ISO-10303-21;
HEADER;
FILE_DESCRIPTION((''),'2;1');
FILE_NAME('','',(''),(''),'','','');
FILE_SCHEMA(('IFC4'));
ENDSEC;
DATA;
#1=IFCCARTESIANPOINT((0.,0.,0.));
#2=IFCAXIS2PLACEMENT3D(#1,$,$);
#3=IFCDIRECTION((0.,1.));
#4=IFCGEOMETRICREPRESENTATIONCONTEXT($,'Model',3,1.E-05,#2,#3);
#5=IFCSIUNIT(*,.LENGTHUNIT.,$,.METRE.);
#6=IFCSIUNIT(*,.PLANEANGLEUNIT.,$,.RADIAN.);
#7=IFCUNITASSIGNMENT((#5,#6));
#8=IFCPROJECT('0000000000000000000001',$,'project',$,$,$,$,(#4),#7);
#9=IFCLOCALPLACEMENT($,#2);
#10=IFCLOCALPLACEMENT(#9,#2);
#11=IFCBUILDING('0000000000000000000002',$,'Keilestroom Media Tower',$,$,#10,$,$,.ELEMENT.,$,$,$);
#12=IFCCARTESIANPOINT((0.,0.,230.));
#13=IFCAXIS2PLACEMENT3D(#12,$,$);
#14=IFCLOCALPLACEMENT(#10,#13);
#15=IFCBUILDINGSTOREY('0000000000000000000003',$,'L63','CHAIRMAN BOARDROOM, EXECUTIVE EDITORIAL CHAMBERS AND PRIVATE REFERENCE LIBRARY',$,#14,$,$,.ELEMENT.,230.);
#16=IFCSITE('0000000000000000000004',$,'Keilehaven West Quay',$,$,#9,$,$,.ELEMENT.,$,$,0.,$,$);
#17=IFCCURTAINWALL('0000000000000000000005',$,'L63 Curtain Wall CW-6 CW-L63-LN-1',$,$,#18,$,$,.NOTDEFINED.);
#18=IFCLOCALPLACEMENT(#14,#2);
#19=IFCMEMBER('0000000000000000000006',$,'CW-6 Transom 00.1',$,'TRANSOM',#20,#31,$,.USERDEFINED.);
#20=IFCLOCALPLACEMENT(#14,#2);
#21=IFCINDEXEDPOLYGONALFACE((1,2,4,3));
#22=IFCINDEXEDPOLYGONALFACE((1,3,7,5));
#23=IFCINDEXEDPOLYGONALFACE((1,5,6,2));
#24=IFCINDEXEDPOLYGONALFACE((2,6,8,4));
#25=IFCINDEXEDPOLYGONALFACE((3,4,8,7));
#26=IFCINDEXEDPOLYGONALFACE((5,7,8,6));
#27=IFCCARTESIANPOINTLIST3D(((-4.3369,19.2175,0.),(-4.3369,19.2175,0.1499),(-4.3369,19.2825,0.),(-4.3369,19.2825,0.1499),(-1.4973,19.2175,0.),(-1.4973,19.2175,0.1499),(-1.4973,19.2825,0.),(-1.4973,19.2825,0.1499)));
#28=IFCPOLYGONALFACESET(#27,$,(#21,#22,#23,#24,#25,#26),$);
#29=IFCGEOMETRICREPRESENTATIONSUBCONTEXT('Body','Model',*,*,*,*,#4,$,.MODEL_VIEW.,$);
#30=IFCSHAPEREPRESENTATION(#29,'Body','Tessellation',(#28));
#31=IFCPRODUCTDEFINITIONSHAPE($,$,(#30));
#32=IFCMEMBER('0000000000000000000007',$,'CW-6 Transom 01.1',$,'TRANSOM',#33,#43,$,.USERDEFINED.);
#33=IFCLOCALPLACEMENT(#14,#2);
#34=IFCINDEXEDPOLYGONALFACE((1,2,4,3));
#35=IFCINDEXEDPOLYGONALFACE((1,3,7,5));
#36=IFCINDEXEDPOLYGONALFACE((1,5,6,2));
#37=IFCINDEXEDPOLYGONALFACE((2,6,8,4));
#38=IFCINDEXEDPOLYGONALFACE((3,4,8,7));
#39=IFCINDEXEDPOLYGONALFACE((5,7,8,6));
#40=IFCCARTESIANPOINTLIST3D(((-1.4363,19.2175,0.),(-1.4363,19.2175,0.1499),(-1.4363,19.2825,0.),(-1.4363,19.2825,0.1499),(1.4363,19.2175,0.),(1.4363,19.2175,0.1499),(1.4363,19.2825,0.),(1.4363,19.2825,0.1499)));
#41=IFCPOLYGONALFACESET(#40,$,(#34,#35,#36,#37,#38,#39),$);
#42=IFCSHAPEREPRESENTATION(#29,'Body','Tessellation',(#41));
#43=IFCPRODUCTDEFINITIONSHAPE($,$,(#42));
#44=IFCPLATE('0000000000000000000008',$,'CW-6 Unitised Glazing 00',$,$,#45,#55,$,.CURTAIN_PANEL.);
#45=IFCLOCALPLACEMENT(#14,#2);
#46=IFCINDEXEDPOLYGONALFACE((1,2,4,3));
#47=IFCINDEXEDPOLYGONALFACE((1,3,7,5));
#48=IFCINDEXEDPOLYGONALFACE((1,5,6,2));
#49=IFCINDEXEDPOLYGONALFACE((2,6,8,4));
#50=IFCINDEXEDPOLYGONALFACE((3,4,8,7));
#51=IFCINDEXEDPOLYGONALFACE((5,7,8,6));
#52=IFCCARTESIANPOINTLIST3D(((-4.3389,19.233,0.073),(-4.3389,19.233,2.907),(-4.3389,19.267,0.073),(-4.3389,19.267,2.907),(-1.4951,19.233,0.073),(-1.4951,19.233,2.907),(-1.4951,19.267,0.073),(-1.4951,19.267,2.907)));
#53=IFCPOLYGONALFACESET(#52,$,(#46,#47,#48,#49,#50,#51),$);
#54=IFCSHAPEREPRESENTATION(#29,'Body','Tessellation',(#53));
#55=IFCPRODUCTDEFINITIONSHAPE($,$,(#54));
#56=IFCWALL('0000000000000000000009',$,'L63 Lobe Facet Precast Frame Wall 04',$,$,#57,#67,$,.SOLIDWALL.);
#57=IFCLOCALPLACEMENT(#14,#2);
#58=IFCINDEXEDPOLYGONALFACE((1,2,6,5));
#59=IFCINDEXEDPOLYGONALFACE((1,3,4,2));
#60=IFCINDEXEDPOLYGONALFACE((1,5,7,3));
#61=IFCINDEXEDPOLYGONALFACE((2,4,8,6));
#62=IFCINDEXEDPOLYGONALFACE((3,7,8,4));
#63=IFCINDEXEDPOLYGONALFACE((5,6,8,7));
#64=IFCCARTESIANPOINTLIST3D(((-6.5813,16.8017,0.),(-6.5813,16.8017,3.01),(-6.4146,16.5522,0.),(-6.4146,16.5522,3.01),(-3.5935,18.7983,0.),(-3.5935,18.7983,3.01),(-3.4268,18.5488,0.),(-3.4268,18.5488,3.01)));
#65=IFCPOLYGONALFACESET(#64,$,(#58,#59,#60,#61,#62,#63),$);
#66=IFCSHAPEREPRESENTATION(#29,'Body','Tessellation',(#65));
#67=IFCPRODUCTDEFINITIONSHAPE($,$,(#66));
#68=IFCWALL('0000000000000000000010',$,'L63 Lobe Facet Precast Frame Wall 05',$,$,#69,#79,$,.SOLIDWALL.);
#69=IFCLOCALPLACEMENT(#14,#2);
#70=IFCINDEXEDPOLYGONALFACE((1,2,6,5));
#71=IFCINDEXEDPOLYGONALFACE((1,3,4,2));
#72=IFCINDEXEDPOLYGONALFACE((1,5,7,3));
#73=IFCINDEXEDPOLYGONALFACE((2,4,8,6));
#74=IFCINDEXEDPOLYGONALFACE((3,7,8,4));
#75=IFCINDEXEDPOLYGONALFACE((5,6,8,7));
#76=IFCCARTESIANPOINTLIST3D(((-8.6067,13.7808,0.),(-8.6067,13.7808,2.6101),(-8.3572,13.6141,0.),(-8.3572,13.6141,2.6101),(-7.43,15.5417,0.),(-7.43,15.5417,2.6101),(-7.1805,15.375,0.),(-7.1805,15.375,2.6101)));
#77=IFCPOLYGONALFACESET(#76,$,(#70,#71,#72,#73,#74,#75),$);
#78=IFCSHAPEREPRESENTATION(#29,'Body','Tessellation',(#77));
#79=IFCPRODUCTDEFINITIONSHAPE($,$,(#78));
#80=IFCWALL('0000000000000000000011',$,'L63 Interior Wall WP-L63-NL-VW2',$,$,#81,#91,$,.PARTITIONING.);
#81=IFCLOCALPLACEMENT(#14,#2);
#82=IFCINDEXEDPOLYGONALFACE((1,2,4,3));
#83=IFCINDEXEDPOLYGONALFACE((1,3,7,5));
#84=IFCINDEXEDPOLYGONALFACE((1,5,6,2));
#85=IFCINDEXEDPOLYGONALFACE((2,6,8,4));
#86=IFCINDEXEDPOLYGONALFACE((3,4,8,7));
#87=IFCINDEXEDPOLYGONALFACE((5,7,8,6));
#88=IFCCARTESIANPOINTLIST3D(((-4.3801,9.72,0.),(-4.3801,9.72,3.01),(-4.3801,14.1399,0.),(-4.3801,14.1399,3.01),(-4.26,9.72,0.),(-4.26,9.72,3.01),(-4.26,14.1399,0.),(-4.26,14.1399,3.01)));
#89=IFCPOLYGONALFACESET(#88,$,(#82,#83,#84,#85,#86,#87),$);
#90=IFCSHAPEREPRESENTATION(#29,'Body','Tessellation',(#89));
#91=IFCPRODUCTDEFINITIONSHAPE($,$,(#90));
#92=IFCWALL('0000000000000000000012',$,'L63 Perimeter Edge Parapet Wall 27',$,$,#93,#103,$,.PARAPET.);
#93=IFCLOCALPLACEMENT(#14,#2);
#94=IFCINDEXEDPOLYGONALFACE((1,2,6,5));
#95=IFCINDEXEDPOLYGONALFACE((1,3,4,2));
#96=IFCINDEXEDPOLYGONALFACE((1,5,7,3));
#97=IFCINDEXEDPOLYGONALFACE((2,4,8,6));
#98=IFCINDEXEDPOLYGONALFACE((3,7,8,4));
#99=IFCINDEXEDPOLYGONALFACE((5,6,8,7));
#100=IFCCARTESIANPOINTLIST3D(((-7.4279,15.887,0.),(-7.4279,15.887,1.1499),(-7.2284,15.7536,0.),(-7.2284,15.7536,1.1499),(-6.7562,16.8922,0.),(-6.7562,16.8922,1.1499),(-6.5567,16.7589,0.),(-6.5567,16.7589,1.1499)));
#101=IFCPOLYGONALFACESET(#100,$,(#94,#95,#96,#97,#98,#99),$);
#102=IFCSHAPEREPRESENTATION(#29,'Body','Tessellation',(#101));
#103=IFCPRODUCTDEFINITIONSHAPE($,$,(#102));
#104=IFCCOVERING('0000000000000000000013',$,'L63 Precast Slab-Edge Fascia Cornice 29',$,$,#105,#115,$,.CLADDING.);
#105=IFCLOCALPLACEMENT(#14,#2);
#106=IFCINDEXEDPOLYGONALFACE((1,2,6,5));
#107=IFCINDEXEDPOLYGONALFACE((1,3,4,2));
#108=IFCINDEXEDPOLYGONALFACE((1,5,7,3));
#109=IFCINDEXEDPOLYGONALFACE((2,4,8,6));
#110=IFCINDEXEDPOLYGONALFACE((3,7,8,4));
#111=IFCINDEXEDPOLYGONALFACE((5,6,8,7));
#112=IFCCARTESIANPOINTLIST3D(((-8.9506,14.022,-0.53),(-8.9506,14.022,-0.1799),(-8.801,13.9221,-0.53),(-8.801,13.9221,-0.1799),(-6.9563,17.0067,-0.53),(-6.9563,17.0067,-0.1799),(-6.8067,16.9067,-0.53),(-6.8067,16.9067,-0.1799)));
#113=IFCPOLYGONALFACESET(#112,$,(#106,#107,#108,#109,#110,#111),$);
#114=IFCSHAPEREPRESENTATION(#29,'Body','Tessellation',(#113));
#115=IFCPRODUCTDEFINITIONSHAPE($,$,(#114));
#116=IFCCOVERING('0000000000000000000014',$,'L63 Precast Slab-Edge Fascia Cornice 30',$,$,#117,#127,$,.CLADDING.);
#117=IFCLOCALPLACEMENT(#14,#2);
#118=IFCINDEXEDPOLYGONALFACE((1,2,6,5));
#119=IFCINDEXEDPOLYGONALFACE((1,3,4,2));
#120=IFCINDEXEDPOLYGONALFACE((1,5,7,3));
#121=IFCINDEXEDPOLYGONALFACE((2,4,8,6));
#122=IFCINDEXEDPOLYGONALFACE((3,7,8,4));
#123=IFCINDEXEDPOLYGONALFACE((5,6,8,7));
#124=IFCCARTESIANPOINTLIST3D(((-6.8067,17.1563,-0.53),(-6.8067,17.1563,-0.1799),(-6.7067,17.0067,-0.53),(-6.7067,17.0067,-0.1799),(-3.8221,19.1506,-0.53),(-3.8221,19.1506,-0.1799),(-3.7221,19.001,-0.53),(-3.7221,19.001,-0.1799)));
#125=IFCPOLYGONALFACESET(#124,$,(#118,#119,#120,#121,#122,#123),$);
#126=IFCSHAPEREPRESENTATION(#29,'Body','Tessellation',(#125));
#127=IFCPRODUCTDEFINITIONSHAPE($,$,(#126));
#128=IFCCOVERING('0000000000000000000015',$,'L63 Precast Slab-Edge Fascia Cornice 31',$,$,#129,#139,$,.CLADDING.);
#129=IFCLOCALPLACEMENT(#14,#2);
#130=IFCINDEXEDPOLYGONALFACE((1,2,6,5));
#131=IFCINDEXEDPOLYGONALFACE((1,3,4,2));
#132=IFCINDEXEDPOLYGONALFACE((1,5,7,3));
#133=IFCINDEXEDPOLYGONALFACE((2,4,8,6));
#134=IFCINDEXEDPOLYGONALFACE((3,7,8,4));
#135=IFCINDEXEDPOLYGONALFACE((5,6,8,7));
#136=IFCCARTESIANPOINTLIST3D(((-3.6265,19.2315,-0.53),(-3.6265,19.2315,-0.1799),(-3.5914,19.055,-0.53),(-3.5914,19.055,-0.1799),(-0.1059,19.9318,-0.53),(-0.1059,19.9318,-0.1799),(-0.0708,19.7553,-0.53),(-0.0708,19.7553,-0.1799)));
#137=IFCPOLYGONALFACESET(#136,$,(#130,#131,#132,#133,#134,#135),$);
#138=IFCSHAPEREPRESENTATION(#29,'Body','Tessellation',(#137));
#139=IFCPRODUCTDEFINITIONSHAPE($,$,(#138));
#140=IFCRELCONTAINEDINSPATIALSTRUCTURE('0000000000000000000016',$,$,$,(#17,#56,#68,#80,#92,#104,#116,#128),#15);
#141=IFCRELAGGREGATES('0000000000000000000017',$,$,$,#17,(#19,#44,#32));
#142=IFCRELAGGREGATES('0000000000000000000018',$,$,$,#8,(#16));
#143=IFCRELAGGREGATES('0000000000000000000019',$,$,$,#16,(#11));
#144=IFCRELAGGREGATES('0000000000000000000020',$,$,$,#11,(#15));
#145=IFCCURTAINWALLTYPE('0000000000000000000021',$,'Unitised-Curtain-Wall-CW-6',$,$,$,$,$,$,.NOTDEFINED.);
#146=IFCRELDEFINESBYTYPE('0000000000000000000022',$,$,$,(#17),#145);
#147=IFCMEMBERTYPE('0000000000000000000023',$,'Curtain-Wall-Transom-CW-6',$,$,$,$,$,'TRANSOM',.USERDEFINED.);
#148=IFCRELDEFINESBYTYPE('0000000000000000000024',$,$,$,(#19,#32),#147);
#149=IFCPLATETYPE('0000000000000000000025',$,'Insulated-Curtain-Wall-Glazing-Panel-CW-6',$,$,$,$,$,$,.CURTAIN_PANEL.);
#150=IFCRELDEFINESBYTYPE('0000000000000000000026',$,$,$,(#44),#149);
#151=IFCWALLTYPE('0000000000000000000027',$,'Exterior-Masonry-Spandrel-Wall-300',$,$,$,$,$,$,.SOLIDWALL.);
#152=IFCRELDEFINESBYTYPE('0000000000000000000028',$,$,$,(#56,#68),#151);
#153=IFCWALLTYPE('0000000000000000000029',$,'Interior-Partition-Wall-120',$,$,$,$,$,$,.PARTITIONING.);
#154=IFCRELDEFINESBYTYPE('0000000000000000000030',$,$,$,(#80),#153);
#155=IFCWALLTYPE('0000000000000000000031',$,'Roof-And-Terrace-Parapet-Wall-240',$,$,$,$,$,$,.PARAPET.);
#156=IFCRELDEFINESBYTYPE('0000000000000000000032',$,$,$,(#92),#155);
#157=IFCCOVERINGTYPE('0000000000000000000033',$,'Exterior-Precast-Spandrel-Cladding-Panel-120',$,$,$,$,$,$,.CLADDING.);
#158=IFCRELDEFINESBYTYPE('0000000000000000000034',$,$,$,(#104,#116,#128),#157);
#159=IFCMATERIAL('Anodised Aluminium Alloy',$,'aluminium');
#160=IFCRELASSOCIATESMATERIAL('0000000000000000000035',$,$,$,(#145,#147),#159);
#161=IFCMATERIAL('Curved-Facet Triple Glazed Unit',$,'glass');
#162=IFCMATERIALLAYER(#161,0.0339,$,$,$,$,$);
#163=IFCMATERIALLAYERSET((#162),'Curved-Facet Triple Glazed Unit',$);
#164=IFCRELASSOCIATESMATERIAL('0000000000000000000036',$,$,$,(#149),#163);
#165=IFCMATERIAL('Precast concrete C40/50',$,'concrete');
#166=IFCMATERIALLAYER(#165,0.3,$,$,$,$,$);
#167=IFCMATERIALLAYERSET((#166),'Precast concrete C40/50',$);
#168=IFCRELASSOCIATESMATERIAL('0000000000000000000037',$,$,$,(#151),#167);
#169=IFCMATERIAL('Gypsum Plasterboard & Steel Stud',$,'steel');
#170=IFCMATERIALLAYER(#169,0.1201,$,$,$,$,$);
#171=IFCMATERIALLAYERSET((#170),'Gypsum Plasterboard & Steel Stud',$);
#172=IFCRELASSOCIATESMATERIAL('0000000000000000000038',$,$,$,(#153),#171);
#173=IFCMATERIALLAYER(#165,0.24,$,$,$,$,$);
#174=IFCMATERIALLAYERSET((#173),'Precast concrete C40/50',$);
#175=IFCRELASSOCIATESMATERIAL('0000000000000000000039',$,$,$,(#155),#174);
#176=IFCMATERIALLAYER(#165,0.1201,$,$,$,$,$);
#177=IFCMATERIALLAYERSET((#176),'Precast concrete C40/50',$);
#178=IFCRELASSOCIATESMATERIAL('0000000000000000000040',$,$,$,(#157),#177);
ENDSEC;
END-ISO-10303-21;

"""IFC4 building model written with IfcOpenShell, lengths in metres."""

from ifc_helpers import new_model, si_unit, direction, frame, frame_2d, origin, origin_2d, place, context, subcontext, project, spatial, rectangle, extrude, source, transform, mapped, material, layer, layer_set, material_profile, profile_set, type_object, element, aggregate, save


model = new_model("IFC4")

# Units and contexts
model_context = context("Model", 3, precision=1e-05, world=origin(), true_north=direction((0.0, 1.0)))
body_context = subcontext(model_context, "Body", "Model", "MODEL_VIEW")
ifc_project = project(units=[si_unit("LENGTHUNIT", "METRE"), si_unit("PLANEANGLEUNIT", "RADIAN")], contexts=[model_context])

# Site, building, storey
site_placement = place(None, origin())
site = spatial("IfcSite", under=ifc_project, at=site_placement, Name="Keilehaven West Quay", CompositionType="ELEMENT", RefElevation=0.0)
building_placement = place(site_placement, origin())
building = spatial("IfcBuilding", under=site, at=building_placement, Name="Keilestroom Media Tower", CompositionType="ELEMENT")
storey_placement = place(building_placement, frame((0.0, 0.0, 230.0)))
storey = spatial("IfcBuildingStorey", under=building, at=storey_placement, Name="L63", Description="CHAIRMAN BOARDROOM, EXECUTIVE EDITORIAL CHAMBERS AND PRIVATE REFERENCE LIBRARY", CompositionType="ELEMENT", Elevation=230.0)

# Curtain wall, members, plate
ifc_material_1 = material(Name="Anodised Aluminium Alloy", Category="aluminium")
curtain_wall_type = type_object("IfcCurtainWallType", Name="Unitised-Curtain-Wall-CW-6", PredefinedType="NOTDEFINED", material=ifc_material_1)
curtain_wall_placement = place(storey_placement, origin())
curtain_wall = element("IfcCurtainWall", 1, at=curtain_wall_placement, inside=storey, type_object=curtain_wall_type, Name="L63 Curtain Wall CW-6 CW-L63-LN-1", PredefinedType="NOTDEFINED")
ifc_material_profile_1 = material_profile(ifc_material_1, rectangle(XDim=0.0649, YDim=0.1499, at=origin_2d()), Name="ALU TRANSOM 65x150")
ifc_profile_set_1 = profile_set([ifc_material_profile_1], Name="Anodised Aluminium Alloy")
member_type_1 = type_object("IfcMemberType", Name="Curtain-Wall-Transom-CW-6", ElementType="TRANSOM", PredefinedType="USERDEFINED", material=ifc_profile_set_1)
shared_shape_1 = source(origin(), body_context, "Body", "SweptSolid", [
    extrude(rectangle(XDim=0.0649, YDim=0.1499, at=origin_2d()), origin(), (0.0, 0.0, 1.0), 2.8396),
])
member_1_placement = place(storey_placement, frame((-4.3369, 19.25, 0.075), z_axis=(1.0, 0.0, 0.0), x_axis=(0.0, 1.0, 0.0)))
member_1 = element("IfcMember", 2, at=member_1_placement, type_object=member_type_1, Name="CW-6 Transom 00.1", ObjectType="TRANSOM", PredefinedType="USERDEFINED", context=body_context, shape_type="MappedRepresentation", body=[
    mapped(shared_shape_1, transform((0.0, 0.0, 0.0), x_axis=(1.0, 0.0, 0.0), y_axis=(0.0, 1.0, 0.0), z_axis=(0.0, 0.0, 1.0), scale=1.0)),
])
shared_shape_2 = source(origin(), body_context, "Body", "SweptSolid", [
    extrude(rectangle(XDim=0.0649, YDim=0.1499, at=origin_2d()), origin(), (0.0, 0.0, 1.0), 2.8726),
])
member_2_placement = place(storey_placement, frame((-1.4363, 19.25, 0.075), z_axis=(1.0, 0.0, 0.0), x_axis=(0.0, 1.0, 0.0)))
member_2 = element("IfcMember", 3, at=member_2_placement, type_object=member_type_1, Name="CW-6 Transom 01.1", ObjectType="TRANSOM", PredefinedType="USERDEFINED", context=body_context, shape_type="MappedRepresentation", body=[
    mapped(shared_shape_2, transform((0.0, 0.0, 0.0), x_axis=(1.0, 0.0, 0.0), y_axis=(0.0, 1.0, 0.0), z_axis=(0.0, 0.0, 1.0), scale=1.0)),
])
ifc_material_2 = material(Name="Curved-Facet Triple Glazed Unit", Category="glass")
ifc_layer_1 = layer(ifc_material_2, 0.0339)
ifc_layer_set_1 = layer_set([ifc_layer_1], Name="Curved-Facet Triple Glazed Unit")
plate_type = type_object("IfcPlateType", Name="Insulated-Curtain-Wall-Glazing-Panel-CW-6", PredefinedType="CURTAIN_PANEL", material=ifc_layer_set_1)
shared_shape_3 = source(origin(), body_context, "Body", "SweptSolid", [
    extrude(rectangle(XDim=2.8438, YDim=0.0339, at=origin_2d()), origin(), (0.0, 0.0, 1.0), 2.834),
])
plate_placement = place(storey_placement, frame((-2.917, 19.25, 0.073), z_axis=(0.0, 0.0, 1.0), x_axis=(1.0, 0.0, 0.0)))
plate = element("IfcPlate", 4, at=plate_placement, type_object=plate_type, Name="CW-6 Unitised Glazing 00", PredefinedType="CURTAIN_PANEL", context=body_context, shape_type="MappedRepresentation", body=[
    mapped(shared_shape_3, transform((0.0, 0.0, 0.0), x_axis=(1.0, 0.0, 0.0), y_axis=(0.0, 1.0, 0.0), z_axis=(0.0, 0.0, 1.0), scale=1.0)),
])
aggregate(curtain_wall, [member_1, plate, member_2])

# Walls
ifc_material_3 = material(Name="Precast concrete C40/50", Category="concrete")
ifc_layer_2 = layer(ifc_material_3, 0.3)
ifc_layer_set_2 = layer_set([ifc_layer_2], Name="Precast concrete C40/50")
wall_type_1 = type_object("IfcWallType", Name="Exterior-Masonry-Spandrel-Wall-300", PredefinedType="SOLIDWALL", material=ifc_layer_set_2)
wall_1_placement = place(storey_placement, frame((-3.51, 18.6736, 0.0), z_axis=(0.0, 0.0, 1.0), x_axis=(-0.831444, -0.555609, 0.0)))
element("IfcWall", 5, at=wall_1_placement, inside=storey, type_object=wall_type_1, Name="L63 Lobe Facet Precast Frame Wall 04", PredefinedType="SOLIDWALL", context=body_context, shape_type="SweptSolid", body=[
    extrude(rectangle(XDim=3.5935, YDim=0.3, at=frame_2d((1.7969, 0.0))), origin(), (0.0, 0.0, 1.0), 3.01),
])
wall_2_placement = place(storey_placement, frame((-7.3052, 15.4585, 0.0), z_axis=(0.0, 0.0, 1.0), x_axis=(-0.555604, -0.831447, 0.0)))
element("IfcWall", 6, at=wall_2_placement, inside=storey, type_object=wall_type_1, Name="L63 Lobe Facet Precast Frame Wall 05", PredefinedType="SOLIDWALL", context=body_context, shape_type="SweptSolid", body=[
    extrude(rectangle(XDim=2.1179, YDim=0.3, at=frame_2d((1.0591, 0.0))), origin(), (0.0, 0.0, 1.0), 2.6101),
])
ifc_material_4 = material(Name="Gypsum Plasterboard & Steel Stud", Category="steel")
ifc_layer_3 = layer(ifc_material_4, 0.1201)
ifc_layer_set_3 = layer_set([ifc_layer_3], Name="Gypsum Plasterboard & Steel Stud")
wall_type_2 = type_object("IfcWallType", Name="Interior-Partition-Wall-120", PredefinedType="PARTITIONING", material=ifc_layer_set_3)
wall_3_placement = place(storey_placement, frame((-4.3201, 9.72, 0.0), z_axis=(0.0, 0.0, 1.0), x_axis=(0.0, 1.0, 0.0)))
element("IfcWall", 7, at=wall_3_placement, inside=storey, type_object=wall_type_2, Name="L63 Interior Wall WP-L63-NL-VW2", PredefinedType="PARTITIONING", context=body_context, shape_type="SweptSolid", body=[
    extrude(rectangle(XDim=4.4199, YDim=0.1201, at=frame_2d((2.21, 0.0))), origin(), (0.0, 0.0, 1.0), 3.01),
])
ifc_layer_4 = layer(ifc_material_3, 0.24)
ifc_layer_set_4 = layer_set([ifc_layer_4], Name="Precast concrete C40/50")
wall_type_3 = type_object("IfcWallType", Name="Roof-And-Terrace-Parapet-Wall-240", PredefinedType="PARAPET", material=ifc_layer_set_4)
wall_4_placement = place(storey_placement, frame((-7.3281, 15.8203, 0.0), z_axis=(0.0, 0.0, 1.0), x_axis=(0.555585, 0.831459, 0.0)))
element("IfcWall", 8, at=wall_4_placement, inside=storey, type_object=wall_type_3, Name="L63 Perimeter Edge Parapet Wall 27", PredefinedType="PARAPET", context=body_context, shape_type="SweptSolid", body=[
    extrude(rectangle(XDim=1.209, YDim=0.24, at=frame_2d((0.6045, 0.0))), origin(), (0.0, 0.0, 1.0), 1.1499),
])

# Coverings
ifc_layer_5 = layer(ifc_material_3, 0.1201)
ifc_layer_set_5 = layer_set([ifc_layer_5], Name="Precast concrete C40/50")
covering_type = type_object("IfcCoveringType", Name="Exterior-Precast-Spandrel-Cladding-Panel-120", PredefinedType="CLADDING", material=ifc_layer_set_5)
shared_shape_4 = source(origin(), body_context, "Body", "SweptSolid", [
    extrude(rectangle(XDim=3.5896, YDim=0.1799, at=origin_2d()), origin(), (0.0, 0.0, 1.0), 0.3501),
])
for number, where, z_axis, x_axis, name in (
    (9, (-7.8787, 15.4644, -0.53), (0.0, 0.0, 1.0), (0.555575, 0.831467, 0.0), "L63 Precast Slab-Edge Fascia Cornice 29"),
    (10, (-5.2644, 18.0786, -0.53), (0.0, 0.0, 1.0), (0.831467, 0.555575, 0.0), "L63 Precast Slab-Edge Fascia Cornice 30"),
    (11, (-1.8486, 19.4934, -0.53), (0.0, 0.0, 1.0), (0.980784, 0.195099, 0.0), "L63 Precast Slab-Edge Fascia Cornice 31"),
):
    element("IfcCovering", number, at=place(storey_placement, frame(where, z_axis=z_axis, x_axis=x_axis)), inside=storey, type_object=covering_type, Name=name, PredefinedType="CLADDING", context=body_context, shape_type="MappedRepresentation", body=[
        mapped(shared_shape_4, transform((0.0, 0.0, 0.0), x_axis=(1.0, 0.0, 0.0), y_axis=(0.0, 1.0, 0.0), z_axis=(0.0, 0.0, 1.0), scale=1.0)),
    ])

save(model, "model.ifc")
